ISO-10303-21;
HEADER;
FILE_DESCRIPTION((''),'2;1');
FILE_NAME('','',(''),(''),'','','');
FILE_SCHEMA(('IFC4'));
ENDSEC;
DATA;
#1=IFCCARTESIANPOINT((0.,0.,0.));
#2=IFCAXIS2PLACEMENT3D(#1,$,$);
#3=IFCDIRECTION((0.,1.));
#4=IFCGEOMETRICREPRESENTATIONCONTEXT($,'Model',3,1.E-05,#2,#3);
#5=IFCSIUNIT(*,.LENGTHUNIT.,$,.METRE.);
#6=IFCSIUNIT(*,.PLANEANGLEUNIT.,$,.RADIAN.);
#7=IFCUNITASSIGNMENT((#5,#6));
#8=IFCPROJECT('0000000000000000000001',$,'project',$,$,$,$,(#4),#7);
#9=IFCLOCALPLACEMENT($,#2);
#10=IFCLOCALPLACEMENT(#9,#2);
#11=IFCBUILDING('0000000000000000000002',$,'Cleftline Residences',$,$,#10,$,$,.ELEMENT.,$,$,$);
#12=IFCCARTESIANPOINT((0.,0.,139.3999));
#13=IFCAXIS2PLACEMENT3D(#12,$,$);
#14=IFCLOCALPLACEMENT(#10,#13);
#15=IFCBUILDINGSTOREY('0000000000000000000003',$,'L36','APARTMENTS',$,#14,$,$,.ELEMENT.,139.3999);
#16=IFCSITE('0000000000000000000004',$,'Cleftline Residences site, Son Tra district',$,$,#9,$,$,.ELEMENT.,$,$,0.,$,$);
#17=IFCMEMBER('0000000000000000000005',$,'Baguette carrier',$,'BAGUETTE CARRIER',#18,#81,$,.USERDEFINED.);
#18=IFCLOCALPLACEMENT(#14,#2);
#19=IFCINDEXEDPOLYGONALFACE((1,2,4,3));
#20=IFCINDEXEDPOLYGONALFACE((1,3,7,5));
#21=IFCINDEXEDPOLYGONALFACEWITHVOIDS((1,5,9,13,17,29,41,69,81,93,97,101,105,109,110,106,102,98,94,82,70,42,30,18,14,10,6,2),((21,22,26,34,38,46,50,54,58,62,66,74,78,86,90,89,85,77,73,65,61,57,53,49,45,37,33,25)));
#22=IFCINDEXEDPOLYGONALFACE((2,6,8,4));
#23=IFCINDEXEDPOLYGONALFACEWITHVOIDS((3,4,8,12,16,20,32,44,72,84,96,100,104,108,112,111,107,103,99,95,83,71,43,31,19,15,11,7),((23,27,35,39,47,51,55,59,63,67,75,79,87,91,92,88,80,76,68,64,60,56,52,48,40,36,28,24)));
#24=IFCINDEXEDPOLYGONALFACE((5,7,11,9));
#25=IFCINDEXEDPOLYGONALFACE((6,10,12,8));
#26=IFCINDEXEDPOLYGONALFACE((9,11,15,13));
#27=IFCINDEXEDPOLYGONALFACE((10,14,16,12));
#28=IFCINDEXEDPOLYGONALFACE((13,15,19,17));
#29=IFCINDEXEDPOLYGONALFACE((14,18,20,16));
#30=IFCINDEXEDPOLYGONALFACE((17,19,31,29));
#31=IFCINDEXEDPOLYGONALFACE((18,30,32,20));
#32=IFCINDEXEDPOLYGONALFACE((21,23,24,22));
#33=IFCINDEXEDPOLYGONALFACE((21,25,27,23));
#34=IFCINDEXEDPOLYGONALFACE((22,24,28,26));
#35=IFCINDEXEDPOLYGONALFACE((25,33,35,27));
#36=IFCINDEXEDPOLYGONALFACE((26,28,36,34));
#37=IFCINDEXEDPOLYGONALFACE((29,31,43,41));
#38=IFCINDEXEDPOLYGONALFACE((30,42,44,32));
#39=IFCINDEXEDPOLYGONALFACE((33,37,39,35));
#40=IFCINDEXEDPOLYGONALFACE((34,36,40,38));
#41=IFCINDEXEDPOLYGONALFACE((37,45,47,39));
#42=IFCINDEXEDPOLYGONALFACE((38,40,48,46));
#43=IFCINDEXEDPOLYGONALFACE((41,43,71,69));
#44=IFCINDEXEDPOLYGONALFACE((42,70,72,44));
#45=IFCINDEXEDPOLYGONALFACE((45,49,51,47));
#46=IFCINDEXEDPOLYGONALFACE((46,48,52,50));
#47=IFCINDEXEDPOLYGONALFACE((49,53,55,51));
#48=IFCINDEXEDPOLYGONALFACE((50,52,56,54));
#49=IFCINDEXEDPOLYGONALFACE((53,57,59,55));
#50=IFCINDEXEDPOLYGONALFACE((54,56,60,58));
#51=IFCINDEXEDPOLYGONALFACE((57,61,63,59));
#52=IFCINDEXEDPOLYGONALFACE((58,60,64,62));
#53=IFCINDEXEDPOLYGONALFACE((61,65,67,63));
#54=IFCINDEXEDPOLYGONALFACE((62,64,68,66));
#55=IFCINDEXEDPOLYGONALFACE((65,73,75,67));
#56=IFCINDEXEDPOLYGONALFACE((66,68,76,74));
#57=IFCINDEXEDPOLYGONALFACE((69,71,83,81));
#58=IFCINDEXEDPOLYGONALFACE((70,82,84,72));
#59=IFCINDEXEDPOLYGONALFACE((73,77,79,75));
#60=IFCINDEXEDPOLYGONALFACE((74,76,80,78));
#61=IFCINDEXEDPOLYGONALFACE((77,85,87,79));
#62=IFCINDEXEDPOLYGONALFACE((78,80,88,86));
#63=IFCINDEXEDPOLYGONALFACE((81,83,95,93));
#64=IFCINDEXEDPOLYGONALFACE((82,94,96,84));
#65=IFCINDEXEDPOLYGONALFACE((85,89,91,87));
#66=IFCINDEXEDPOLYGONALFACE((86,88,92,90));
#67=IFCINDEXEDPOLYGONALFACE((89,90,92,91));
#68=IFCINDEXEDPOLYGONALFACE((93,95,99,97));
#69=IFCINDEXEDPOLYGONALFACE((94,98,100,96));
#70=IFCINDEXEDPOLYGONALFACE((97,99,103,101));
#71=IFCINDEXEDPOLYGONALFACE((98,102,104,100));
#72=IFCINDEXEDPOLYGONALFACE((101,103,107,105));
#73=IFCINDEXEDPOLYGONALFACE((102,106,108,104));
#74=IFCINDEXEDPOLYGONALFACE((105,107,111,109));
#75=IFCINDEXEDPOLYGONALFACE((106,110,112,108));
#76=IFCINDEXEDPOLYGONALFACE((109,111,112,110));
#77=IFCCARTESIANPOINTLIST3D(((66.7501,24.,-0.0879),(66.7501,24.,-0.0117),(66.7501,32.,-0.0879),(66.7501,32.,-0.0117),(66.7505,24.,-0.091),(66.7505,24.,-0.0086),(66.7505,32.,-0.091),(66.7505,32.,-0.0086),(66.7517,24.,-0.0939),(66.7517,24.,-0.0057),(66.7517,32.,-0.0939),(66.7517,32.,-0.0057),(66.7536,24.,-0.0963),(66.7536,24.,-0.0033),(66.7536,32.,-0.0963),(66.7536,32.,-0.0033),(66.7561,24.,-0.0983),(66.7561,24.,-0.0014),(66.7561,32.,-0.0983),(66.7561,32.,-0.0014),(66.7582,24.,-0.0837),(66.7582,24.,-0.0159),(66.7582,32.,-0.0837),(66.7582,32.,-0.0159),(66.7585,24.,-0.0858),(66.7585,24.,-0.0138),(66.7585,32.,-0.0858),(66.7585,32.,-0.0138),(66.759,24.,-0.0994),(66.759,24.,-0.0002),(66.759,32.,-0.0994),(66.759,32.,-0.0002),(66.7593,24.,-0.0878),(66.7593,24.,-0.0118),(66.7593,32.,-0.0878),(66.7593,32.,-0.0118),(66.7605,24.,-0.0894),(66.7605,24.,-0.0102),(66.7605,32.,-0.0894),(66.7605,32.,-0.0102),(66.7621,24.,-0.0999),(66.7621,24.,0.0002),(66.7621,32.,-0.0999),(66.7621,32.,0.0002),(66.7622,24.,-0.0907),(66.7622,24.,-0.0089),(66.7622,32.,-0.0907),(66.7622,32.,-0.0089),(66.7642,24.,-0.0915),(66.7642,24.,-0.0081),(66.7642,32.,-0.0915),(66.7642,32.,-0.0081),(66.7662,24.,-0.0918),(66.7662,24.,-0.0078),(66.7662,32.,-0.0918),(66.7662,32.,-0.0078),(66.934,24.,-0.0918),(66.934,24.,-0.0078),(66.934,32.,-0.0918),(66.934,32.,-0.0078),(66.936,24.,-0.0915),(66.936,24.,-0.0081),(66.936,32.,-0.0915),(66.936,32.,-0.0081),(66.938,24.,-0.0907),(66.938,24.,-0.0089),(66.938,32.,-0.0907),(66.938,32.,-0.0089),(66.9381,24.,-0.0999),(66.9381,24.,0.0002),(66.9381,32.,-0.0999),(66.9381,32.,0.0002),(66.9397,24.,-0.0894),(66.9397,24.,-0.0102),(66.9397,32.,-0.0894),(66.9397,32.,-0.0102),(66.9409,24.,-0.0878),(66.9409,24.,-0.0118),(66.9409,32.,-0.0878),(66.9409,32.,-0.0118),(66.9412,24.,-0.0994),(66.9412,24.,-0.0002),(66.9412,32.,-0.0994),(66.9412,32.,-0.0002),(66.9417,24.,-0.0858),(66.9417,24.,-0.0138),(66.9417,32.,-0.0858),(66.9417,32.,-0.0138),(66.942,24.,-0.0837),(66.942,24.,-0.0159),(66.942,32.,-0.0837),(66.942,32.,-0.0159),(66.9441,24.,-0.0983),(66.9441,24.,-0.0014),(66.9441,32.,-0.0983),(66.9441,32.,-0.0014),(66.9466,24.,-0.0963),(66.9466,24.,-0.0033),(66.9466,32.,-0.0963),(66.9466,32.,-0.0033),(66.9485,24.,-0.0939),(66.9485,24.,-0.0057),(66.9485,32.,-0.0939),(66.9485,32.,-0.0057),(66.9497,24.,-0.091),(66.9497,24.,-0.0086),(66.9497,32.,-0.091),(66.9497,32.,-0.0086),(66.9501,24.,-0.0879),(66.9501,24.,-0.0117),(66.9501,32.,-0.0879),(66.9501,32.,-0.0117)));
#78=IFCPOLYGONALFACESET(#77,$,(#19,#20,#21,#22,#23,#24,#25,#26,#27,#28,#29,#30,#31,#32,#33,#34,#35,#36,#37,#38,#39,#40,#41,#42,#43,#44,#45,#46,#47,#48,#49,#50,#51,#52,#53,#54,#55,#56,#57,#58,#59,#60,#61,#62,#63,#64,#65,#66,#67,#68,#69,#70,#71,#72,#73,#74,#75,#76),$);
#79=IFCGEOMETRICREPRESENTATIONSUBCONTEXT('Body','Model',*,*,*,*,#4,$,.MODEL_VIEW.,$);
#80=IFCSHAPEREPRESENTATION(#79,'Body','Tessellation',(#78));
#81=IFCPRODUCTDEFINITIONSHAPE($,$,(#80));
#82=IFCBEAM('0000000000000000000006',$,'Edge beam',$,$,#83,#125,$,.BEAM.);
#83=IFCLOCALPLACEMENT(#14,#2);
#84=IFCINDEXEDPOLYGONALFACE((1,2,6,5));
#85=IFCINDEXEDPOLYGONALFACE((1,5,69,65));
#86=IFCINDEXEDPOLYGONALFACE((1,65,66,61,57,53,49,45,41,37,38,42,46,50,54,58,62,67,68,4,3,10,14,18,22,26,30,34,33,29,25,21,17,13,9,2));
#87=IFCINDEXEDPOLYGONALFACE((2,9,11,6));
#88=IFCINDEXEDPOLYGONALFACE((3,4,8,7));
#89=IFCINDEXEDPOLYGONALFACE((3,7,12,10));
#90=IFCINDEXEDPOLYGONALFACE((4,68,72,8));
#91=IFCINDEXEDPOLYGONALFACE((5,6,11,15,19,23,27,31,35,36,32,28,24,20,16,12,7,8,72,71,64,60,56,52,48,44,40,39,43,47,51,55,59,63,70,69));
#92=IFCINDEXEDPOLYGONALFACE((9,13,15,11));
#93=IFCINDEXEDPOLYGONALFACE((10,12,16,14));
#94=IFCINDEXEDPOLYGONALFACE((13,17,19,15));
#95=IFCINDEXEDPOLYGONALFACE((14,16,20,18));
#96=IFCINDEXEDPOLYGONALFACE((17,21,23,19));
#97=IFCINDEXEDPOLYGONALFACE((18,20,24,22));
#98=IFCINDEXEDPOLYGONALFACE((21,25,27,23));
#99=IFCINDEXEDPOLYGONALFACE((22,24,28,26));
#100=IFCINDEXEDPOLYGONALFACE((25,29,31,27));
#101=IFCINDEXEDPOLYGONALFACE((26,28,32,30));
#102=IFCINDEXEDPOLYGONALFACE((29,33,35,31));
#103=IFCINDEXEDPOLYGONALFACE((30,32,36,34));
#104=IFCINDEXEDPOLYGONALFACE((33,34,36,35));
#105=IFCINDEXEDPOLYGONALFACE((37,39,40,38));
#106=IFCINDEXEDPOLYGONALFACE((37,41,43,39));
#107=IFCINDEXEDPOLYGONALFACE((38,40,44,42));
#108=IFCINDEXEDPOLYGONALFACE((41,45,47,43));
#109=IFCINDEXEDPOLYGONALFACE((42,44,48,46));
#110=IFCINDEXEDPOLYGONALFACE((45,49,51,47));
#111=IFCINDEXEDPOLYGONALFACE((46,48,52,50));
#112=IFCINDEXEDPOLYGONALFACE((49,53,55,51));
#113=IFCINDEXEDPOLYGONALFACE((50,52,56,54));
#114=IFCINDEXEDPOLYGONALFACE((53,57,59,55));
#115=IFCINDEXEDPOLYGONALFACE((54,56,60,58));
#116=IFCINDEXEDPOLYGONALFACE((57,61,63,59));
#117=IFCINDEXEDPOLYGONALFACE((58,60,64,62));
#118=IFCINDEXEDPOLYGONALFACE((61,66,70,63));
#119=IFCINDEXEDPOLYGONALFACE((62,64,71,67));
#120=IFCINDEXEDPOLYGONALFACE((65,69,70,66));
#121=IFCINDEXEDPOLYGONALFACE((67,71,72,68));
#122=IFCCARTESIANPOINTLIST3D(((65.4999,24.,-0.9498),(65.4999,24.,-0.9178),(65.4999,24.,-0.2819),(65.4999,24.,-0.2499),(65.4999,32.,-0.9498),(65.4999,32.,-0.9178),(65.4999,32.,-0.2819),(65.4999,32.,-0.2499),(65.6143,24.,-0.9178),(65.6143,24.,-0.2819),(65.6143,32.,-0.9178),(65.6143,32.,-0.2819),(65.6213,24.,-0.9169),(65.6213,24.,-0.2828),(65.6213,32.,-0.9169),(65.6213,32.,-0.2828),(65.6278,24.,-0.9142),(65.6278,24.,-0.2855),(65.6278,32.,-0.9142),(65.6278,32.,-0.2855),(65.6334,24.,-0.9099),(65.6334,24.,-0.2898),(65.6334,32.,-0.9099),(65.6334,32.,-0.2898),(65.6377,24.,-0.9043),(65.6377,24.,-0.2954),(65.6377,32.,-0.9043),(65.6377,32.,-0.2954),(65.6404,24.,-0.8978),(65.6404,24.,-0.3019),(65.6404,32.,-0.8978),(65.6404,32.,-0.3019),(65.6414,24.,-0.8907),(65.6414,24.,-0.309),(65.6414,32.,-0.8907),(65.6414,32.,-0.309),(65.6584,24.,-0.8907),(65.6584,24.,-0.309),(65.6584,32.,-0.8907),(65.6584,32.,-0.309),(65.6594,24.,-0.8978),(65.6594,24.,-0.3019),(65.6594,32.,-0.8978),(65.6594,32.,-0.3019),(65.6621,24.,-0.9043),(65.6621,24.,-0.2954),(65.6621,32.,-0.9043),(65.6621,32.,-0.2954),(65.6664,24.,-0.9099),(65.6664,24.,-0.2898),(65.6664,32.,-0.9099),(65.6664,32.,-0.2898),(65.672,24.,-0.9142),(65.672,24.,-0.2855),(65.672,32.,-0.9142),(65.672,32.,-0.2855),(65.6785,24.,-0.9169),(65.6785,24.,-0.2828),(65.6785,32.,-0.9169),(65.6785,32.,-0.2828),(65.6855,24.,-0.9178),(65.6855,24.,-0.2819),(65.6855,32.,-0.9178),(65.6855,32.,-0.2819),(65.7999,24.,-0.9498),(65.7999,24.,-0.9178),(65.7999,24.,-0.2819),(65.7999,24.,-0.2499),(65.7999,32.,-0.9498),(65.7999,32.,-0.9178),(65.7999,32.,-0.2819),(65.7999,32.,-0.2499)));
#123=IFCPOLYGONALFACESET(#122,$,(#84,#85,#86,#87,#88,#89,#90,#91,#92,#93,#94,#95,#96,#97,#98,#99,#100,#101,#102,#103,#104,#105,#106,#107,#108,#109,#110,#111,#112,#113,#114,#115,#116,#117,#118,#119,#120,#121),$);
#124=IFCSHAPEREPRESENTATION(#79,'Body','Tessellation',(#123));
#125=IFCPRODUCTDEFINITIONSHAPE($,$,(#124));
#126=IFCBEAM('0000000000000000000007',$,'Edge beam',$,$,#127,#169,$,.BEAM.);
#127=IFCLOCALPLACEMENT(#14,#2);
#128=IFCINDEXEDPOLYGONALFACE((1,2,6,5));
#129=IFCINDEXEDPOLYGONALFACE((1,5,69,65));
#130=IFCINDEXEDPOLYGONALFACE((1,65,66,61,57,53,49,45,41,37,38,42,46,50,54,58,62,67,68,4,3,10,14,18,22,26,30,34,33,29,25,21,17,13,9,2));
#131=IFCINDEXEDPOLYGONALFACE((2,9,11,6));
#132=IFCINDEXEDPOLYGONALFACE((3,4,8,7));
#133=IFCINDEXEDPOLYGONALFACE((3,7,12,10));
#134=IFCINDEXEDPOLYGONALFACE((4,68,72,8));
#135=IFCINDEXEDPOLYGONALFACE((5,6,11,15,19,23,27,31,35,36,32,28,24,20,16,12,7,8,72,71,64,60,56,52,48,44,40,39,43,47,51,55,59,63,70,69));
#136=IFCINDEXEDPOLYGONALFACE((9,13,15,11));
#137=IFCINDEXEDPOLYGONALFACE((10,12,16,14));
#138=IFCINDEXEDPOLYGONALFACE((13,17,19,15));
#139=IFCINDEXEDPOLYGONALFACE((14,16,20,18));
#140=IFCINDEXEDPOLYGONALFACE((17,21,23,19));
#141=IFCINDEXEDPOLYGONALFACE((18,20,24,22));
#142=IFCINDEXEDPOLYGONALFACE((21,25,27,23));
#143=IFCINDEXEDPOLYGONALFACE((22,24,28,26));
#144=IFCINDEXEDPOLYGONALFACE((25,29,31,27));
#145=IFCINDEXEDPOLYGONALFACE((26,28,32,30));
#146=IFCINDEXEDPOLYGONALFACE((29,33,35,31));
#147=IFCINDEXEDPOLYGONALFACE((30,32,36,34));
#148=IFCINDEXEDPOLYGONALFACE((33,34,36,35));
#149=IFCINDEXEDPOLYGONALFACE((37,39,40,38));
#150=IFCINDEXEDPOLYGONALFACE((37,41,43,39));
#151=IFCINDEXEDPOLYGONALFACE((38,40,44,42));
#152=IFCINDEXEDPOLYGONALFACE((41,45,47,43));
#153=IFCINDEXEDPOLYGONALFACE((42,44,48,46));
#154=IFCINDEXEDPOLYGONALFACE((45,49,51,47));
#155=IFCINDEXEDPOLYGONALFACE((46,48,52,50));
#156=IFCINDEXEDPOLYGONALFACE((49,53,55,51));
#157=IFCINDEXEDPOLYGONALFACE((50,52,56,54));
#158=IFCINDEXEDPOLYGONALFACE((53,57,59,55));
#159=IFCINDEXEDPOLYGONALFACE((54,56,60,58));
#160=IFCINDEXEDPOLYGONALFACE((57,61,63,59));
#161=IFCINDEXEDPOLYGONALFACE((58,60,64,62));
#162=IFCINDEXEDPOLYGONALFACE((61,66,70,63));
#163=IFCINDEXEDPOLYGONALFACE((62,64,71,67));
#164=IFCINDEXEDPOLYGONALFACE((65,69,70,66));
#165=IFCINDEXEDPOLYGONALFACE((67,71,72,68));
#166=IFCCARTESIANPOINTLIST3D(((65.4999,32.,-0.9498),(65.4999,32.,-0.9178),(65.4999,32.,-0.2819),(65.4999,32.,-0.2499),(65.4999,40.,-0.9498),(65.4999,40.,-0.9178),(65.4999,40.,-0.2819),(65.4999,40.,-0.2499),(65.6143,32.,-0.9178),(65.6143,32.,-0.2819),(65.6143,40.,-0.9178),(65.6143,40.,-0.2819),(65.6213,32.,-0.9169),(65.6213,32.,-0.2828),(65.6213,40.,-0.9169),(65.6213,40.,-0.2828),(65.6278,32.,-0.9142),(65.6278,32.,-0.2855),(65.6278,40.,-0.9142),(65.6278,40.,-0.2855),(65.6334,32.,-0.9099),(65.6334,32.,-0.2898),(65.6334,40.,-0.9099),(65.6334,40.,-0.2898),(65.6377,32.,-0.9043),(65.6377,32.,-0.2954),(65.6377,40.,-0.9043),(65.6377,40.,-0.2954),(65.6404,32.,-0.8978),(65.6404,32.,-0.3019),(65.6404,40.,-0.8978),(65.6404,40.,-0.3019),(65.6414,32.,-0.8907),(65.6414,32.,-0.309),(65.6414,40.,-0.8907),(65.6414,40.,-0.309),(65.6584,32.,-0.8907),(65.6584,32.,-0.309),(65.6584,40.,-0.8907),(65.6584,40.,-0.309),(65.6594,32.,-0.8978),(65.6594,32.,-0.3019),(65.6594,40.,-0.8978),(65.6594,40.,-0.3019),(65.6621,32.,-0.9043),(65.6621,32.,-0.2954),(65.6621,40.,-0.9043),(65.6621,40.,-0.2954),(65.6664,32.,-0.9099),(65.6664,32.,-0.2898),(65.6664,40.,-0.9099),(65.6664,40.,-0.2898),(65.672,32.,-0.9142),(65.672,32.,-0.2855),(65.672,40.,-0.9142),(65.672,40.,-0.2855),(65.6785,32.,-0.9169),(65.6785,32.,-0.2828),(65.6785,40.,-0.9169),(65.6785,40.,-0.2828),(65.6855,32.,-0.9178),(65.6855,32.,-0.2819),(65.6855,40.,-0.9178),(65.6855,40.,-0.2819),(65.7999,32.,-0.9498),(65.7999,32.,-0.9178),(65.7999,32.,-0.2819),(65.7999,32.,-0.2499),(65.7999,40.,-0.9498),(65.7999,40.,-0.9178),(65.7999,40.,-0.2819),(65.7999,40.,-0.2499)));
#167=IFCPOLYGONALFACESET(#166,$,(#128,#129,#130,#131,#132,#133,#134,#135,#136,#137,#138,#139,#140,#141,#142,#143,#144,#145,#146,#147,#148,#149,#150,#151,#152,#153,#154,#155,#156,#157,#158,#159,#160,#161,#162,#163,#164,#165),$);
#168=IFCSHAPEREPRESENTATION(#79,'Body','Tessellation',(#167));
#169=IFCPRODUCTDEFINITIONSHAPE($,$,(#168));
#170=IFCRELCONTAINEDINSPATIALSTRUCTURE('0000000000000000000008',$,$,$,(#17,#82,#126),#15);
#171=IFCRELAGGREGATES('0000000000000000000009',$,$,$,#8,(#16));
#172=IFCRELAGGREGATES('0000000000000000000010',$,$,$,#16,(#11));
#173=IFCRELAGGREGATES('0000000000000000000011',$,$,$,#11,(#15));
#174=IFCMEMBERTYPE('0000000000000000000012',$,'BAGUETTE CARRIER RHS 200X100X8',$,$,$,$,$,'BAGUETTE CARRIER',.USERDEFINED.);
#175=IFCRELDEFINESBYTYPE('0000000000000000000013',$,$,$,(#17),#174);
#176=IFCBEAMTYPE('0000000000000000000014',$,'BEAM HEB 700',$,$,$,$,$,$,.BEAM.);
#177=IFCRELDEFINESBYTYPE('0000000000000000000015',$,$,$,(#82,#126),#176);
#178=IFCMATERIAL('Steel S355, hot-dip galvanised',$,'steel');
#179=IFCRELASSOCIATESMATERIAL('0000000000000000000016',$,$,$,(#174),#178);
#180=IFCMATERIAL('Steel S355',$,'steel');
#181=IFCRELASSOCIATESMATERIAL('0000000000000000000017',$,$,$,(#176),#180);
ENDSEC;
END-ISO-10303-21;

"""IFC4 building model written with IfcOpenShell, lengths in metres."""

from ifc_helpers import new_model, si_unit, direction, frame, origin, origin_2d, place, context, subcontext, project, spatial, hollow_rectangle, i_section, extrude, material, material_profile, profile_set, type_object, element, save


model = new_model("IFC4")

# Units and contexts
model_context = context("Model", 3, precision=1e-05, world=origin(), true_north=direction((0.0, 1.0)))
body_context = subcontext(model_context, "Body", "Model", "MODEL_VIEW")
ifc_project = project(units=[si_unit("LENGTHUNIT", "METRE"), si_unit("PLANEANGLEUNIT", "RADIAN")], contexts=[model_context])

# Site, building, storey
site_placement = place(None, origin())
site = spatial("IfcSite", under=ifc_project, at=site_placement, Name="Cleftline Residences site, Son Tra district", CompositionType="ELEMENT", RefElevation=0.0)
building_placement = place(site_placement, origin())
building = spatial("IfcBuilding", under=site, at=building_placement, Name="Cleftline Residences", CompositionType="ELEMENT")
storey_placement = place(building_placement, frame((0.0, 0.0, 139.3999)))
storey = spatial("IfcBuildingStorey", under=building, at=storey_placement, Name="L36", Description="APARTMENTS", CompositionType="ELEMENT", Elevation=139.3999)

# Member
ifc_material_1 = material(Name="Steel S355, hot-dip galvanised", Category="steel")
ifc_material_profile_1 = material_profile(ifc_material_1, hollow_rectangle(XDim=0.1001, YDim=0.2, WallThickness=0.0081, InnerFilletRadius=0.0081, OuterFilletRadius=0.012, at=origin_2d()))
ifc_profile_set_1 = profile_set([ifc_material_profile_1], Name="Steel S355, hot-dip galvanised")
member_type_1 = type_object("IfcMemberType", Name="BAGUETTE CARRIER RHS 200X100X8", ElementType="BAGUETTE CARRIER", PredefinedType="USERDEFINED", material=ifc_profile_set_1)
member_placement = place(storey_placement, frame((66.8501, 24.0, -0.0498), z_axis=(0.0, 1.0, 0.0), x_axis=(0.0, 0.0, 1.0)))
element("IfcMember", 1, at=member_placement, inside=storey, type_object=member_type_1, Name="Baguette carrier", ObjectType="BAGUETTE CARRIER", PredefinedType="USERDEFINED", context=body_context, shape_type="SweptSolid", body=[
    extrude(hollow_rectangle(XDim=0.1001, YDim=0.2, WallThickness=0.0081, InnerFilletRadius=0.0081, OuterFilletRadius=0.012, at=origin_2d()), origin(), (0.0, 0.0, 1.0), 8.0),
])

# Beams
ifc_material_2 = material(Name="Steel S355", Category="steel")
ifc_material_profile_2 = material_profile(ifc_material_2, i_section(OverallWidth=0.3, OverallDepth=0.7, WebThickness=0.0171, FlangeThickness=0.032, FilletRadius=0.0271, at=origin_2d()))
ifc_profile_set_2 = profile_set([ifc_material_profile_2], Name="Steel S355")
beam_type_1 = type_object("IfcBeamType", Name="BEAM HEB 700", PredefinedType="BEAM", material=ifc_profile_set_2)
for number, where, z_axis, x_axis, name in (
    (2, (65.6499, 24.0, -0.5999), (0.0, 1.0, 0.0), (-1.0, 0.0, 0.0), "Edge beam"),
    (3, (65.6499, 32.0, -0.5999), (0.0, 1.0, 0.0), (-1.0, 0.0, 0.0), "Edge beam"),
):
    element("IfcBeam", number, at=place(storey_placement, frame(where, z_axis=z_axis, x_axis=x_axis)), inside=storey, type_object=beam_type_1, Name=name, PredefinedType="BEAM", context=body_context, shape_type="SweptSolid", body=[
        extrude(i_section(OverallWidth=0.3, OverallDepth=0.7, WebThickness=0.0171, FlangeThickness=0.032, FilletRadius=0.0271, at=origin_2d()), origin(), (0.0, 0.0, 1.0), 8.0),
    ])

save(model, "model.ifc")
